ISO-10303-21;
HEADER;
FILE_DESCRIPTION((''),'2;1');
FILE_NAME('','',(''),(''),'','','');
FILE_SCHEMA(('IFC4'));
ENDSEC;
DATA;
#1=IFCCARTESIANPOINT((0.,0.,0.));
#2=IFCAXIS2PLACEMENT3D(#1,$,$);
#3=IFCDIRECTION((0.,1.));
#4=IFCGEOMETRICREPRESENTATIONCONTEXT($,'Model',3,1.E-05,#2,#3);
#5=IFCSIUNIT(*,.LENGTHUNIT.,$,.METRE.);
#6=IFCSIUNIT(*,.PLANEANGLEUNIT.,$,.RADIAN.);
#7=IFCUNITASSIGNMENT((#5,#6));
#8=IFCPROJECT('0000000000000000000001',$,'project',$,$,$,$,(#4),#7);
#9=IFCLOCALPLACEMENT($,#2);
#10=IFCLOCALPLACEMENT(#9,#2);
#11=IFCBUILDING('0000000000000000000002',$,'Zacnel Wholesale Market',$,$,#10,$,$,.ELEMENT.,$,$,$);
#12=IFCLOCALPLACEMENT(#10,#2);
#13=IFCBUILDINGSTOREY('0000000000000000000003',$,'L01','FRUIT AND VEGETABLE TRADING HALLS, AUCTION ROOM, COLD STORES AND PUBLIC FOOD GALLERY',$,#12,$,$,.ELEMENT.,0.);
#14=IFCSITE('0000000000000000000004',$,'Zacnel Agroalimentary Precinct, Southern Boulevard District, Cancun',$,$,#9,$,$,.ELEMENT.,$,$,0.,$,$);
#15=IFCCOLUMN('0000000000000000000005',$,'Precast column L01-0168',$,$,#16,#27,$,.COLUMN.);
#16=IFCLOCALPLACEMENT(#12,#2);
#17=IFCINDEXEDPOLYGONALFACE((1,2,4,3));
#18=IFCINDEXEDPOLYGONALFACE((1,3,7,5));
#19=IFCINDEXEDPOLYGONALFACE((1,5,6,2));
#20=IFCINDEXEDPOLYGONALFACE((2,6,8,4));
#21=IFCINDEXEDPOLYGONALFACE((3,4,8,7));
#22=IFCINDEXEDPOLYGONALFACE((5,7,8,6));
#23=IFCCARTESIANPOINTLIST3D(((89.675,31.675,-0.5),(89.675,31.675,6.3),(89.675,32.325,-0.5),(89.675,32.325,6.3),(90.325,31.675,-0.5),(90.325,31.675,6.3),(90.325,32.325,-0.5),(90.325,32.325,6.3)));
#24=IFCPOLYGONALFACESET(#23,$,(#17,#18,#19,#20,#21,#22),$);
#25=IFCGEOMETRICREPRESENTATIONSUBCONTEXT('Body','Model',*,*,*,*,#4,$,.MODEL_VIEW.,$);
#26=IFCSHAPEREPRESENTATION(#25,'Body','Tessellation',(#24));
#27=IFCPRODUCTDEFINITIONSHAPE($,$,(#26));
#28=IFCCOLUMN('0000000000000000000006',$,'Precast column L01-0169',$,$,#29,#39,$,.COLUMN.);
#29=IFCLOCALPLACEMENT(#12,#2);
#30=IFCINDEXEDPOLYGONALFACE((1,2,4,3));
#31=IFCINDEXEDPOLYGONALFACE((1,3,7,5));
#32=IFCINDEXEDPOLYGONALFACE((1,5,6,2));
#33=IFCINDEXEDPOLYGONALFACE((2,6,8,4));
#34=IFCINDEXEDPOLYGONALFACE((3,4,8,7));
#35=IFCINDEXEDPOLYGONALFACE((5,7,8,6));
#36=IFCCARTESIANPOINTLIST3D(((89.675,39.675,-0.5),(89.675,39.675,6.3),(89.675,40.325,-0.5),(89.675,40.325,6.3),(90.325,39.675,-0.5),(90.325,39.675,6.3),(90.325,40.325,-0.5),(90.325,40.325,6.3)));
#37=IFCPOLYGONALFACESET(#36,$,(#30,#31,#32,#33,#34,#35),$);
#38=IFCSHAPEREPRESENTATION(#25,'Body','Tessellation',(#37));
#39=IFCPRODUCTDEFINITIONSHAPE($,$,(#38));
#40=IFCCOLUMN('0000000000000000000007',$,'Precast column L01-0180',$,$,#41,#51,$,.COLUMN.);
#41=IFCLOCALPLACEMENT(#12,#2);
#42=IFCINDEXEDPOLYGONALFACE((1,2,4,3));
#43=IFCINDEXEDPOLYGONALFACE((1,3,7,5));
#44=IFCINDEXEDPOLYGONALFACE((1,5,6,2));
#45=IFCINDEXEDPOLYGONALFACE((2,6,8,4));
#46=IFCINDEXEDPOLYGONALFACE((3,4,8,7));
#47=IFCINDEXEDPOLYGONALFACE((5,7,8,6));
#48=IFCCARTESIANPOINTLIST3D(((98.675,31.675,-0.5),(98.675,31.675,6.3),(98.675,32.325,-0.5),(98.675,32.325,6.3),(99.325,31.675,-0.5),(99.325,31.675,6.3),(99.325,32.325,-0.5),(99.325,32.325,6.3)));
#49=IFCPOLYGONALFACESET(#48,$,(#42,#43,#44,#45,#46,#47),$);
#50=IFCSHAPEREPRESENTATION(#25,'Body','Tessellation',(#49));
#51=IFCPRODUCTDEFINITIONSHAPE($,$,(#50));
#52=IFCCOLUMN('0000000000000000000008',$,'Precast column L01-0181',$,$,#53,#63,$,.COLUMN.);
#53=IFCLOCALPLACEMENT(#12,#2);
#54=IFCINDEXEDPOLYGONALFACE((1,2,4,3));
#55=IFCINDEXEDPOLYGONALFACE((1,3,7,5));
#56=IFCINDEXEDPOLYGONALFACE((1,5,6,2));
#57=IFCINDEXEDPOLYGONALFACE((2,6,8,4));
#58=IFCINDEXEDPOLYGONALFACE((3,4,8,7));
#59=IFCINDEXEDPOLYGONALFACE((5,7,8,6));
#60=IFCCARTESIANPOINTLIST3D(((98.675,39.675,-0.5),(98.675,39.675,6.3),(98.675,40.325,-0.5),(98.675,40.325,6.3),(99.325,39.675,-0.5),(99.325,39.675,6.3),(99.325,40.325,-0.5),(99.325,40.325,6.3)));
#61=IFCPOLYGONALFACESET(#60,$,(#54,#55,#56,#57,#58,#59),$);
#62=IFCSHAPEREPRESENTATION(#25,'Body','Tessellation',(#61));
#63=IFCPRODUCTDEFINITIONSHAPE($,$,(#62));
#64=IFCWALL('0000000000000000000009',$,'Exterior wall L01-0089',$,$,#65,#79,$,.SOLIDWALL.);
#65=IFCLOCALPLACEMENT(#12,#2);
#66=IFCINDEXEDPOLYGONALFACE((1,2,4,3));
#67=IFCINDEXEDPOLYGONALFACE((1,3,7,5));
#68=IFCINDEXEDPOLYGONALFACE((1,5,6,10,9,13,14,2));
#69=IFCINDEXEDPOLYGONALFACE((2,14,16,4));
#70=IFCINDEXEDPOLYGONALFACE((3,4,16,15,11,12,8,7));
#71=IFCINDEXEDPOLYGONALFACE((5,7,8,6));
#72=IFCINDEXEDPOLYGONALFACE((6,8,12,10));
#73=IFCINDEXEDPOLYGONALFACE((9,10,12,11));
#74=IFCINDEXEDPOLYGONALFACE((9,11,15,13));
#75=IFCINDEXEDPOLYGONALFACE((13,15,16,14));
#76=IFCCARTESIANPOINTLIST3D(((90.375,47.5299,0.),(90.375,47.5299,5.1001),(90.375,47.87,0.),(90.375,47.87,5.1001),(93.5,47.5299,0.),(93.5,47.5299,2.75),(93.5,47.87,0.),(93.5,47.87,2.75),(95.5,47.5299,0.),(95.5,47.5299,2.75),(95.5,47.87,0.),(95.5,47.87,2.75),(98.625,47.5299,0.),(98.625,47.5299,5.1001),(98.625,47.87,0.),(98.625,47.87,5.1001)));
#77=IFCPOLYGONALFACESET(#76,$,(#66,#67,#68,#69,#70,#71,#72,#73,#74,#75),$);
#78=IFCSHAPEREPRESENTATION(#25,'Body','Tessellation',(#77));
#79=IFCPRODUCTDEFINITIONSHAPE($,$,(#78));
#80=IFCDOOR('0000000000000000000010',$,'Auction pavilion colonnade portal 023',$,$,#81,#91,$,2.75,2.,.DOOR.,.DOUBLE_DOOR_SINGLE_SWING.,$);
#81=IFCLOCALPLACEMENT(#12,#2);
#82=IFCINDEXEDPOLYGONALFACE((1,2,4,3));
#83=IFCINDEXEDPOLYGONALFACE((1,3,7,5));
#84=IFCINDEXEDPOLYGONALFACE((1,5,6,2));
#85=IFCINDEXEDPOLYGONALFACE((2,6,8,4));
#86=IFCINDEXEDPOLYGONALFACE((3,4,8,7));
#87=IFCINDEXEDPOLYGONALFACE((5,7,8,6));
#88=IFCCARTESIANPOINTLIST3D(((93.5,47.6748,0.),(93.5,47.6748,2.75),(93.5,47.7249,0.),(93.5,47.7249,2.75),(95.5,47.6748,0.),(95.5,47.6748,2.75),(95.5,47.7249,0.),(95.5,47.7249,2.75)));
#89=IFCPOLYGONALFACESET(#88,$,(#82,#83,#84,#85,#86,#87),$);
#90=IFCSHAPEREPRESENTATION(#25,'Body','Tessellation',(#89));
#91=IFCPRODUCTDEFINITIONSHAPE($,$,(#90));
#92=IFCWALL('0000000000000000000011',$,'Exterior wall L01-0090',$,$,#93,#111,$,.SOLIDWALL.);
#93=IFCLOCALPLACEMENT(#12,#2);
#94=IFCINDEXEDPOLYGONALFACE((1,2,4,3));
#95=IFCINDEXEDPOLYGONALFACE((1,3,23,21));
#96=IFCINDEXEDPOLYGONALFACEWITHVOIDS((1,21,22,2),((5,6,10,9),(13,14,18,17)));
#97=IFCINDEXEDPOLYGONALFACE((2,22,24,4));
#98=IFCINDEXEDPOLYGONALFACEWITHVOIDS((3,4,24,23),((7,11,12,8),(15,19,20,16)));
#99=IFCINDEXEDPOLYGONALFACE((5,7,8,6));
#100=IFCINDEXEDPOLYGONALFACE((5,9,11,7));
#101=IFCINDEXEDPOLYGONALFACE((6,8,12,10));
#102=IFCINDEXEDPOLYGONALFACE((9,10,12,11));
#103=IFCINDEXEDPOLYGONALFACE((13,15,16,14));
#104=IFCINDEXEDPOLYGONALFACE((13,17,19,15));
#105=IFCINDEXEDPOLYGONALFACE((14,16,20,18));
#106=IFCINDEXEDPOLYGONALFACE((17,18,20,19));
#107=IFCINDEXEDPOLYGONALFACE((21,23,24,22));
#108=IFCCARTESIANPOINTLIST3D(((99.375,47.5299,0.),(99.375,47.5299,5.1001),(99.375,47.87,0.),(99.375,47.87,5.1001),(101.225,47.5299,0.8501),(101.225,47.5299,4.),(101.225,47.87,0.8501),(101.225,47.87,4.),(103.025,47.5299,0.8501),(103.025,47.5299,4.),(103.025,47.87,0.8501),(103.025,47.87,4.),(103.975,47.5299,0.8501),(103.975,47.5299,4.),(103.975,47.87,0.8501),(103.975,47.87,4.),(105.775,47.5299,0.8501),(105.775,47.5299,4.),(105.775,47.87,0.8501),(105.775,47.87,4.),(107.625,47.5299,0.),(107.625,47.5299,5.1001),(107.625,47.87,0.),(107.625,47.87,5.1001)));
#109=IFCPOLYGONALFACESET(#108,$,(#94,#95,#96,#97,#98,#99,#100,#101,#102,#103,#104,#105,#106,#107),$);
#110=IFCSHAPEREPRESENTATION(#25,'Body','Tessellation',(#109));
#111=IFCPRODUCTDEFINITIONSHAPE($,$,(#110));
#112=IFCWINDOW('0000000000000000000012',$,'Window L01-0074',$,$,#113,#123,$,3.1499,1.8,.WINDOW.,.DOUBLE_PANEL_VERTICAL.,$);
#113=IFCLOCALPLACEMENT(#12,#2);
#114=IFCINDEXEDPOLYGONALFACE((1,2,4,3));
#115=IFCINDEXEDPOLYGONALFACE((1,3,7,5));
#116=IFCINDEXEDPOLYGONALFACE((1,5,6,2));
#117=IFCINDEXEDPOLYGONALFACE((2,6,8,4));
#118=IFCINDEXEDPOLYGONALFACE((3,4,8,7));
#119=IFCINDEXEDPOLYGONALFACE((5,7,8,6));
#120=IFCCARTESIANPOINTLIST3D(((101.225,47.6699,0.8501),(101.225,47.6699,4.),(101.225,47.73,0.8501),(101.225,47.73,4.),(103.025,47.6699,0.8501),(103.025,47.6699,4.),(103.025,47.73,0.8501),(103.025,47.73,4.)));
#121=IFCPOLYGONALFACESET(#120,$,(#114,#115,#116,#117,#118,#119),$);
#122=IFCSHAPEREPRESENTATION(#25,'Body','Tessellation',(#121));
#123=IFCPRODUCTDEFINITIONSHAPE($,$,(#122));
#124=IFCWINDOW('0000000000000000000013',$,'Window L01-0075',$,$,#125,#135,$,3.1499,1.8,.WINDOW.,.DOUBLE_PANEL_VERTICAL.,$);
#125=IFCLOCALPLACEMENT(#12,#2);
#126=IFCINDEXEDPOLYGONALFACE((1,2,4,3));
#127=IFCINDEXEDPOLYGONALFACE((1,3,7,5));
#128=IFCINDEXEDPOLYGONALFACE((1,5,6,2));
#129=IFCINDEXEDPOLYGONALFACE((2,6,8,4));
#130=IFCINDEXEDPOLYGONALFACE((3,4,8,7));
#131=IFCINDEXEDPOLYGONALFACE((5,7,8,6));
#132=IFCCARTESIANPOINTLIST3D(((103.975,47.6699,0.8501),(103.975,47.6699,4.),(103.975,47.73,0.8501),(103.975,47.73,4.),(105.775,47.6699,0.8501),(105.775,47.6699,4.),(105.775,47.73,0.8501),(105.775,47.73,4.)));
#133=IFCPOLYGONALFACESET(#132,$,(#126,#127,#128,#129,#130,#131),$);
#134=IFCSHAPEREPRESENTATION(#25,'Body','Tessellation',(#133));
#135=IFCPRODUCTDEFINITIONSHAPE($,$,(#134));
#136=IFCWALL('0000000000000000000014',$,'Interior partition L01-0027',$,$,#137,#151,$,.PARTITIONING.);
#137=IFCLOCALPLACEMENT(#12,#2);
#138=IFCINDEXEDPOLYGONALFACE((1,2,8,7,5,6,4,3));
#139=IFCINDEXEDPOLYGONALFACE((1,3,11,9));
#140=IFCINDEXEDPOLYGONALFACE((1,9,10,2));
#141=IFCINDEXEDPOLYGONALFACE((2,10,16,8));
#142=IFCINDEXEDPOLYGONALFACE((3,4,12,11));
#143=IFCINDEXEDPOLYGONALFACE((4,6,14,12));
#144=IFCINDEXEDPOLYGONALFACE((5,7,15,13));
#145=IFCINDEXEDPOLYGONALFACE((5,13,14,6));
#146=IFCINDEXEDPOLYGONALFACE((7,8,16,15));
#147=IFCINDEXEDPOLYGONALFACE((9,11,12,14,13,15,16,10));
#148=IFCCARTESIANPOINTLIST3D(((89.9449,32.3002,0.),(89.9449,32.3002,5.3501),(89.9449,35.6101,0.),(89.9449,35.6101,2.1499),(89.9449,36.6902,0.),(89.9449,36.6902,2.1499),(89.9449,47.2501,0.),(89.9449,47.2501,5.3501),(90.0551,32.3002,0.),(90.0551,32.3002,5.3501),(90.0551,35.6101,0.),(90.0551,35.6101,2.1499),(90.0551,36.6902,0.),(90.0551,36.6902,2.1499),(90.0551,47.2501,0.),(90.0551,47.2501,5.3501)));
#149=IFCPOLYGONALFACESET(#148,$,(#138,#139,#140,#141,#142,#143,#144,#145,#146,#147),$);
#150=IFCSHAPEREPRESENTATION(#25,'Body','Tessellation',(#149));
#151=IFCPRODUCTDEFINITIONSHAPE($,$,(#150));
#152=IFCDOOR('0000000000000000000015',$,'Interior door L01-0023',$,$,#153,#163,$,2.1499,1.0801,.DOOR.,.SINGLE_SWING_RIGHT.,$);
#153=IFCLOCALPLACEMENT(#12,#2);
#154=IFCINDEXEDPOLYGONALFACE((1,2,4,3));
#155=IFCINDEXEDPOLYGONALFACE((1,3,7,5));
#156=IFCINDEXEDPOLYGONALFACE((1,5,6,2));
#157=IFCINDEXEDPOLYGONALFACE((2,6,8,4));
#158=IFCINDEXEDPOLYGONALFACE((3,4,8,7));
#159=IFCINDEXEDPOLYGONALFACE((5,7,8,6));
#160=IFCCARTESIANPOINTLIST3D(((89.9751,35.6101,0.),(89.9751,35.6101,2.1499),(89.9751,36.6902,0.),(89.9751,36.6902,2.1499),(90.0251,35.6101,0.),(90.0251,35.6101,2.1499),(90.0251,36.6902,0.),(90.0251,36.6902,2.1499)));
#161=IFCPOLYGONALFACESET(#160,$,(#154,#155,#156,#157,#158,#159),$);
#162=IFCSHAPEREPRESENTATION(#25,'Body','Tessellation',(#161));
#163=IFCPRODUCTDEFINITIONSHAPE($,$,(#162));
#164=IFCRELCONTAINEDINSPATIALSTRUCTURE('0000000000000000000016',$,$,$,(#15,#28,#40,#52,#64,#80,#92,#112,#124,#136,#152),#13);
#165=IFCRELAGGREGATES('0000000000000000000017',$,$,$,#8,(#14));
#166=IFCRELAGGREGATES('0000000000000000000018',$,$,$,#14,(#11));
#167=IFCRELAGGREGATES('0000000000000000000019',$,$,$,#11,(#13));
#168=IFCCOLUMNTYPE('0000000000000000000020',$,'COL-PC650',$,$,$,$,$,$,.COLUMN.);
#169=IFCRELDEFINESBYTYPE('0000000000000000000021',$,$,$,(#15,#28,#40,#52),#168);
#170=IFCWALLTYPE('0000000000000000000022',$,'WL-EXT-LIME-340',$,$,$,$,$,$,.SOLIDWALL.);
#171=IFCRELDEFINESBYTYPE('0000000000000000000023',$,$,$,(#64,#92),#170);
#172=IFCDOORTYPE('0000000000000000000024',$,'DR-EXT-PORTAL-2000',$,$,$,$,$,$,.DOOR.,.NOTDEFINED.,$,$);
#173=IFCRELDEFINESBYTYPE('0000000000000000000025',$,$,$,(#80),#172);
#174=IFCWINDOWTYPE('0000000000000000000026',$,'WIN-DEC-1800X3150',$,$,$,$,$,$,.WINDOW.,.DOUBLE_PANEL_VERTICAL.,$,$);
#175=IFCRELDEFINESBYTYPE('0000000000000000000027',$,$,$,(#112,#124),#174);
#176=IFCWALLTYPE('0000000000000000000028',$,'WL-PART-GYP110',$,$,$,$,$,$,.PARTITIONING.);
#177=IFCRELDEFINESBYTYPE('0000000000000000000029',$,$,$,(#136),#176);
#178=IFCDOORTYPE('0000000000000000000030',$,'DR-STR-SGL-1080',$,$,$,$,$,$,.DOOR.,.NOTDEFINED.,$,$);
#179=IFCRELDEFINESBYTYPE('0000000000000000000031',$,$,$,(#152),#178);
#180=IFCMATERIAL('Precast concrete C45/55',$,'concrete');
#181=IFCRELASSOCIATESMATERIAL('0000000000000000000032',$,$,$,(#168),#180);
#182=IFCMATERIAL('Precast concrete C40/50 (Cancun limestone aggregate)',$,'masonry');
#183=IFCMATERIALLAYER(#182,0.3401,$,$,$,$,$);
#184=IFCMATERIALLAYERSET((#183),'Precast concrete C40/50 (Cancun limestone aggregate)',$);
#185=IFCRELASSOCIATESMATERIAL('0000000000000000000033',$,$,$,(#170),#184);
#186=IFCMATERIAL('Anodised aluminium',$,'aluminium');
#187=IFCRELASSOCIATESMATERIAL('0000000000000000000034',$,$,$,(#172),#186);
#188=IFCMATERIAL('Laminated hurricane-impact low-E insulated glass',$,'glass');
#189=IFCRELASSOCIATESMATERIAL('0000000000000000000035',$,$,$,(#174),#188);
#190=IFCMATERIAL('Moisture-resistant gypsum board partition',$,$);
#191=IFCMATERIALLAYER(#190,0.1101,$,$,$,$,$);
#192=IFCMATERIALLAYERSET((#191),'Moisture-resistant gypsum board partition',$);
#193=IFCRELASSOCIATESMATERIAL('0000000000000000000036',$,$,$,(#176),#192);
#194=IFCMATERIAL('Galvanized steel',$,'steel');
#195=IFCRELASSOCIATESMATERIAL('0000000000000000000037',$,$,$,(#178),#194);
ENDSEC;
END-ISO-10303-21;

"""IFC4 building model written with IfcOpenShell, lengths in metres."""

from ifc_helpers import new_model, si_unit, direction, frame, frame_2d, origin, origin_2d, place, context, subcontext, project, spatial, rectangle, extrude, material, layer, layer_set, material_profile, profile_set, type_object, element, fill, save


model = new_model("IFC4")

# Units and contexts
model_context = context("Model", 3, precision=1e-05, world=origin(), true_north=direction((0.0, 1.0)))
body_context = subcontext(model_context, "Body", "Model", "MODEL_VIEW")
ifc_project = project(units=[si_unit("LENGTHUNIT", "METRE"), si_unit("PLANEANGLEUNIT", "RADIAN")], contexts=[model_context])

# Site, building, storey
site_placement = place(None, origin())
site = spatial("IfcSite", under=ifc_project, at=site_placement, Name="Zacnel Agroalimentary Precinct, Southern Boulevard District, Cancun", CompositionType="ELEMENT", RefElevation=0.0)
building_placement = place(site_placement, origin())
building = spatial("IfcBuilding", under=site, at=building_placement, Name="Zacnel Wholesale Market", CompositionType="ELEMENT")
storey_placement = place(building_placement, origin())
storey = spatial("IfcBuildingStorey", under=building, at=storey_placement, Name="L01", Description="FRUIT AND VEGETABLE TRADING HALLS, AUCTION ROOM, COLD STORES AND PUBLIC FOOD GALLERY", CompositionType="ELEMENT", Elevation=0.0)

# Columns
ifc_material_1 = material(Name="Precast concrete C45/55", Category="concrete")
ifc_material_profile_1 = material_profile(ifc_material_1, rectangle(XDim=0.6499, YDim=0.6499, at=origin_2d()), Name="PC 650x650")
ifc_profile_set_1 = profile_set([ifc_material_profile_1], Name="Precast concrete C45/55")
column_type_1 = type_object("IfcColumnType", Name="COL-PC650", PredefinedType="COLUMN", material=ifc_profile_set_1)
for number, where, z_axis, x_axis, name in (
    (1, (90.0, 32.0, -0.5), (0.0, 0.0, 1.0), (1.0, 0.0, 0.0), "Precast column L01-0168"),
    (2, (90.0, 40.0, -0.5), (0.0, 0.0, 1.0), (1.0, 0.0, 0.0), "Precast column L01-0169"),
    (3, (99.0, 32.0, -0.5), (0.0, 0.0, 1.0), (1.0, 0.0, 0.0), "Precast column L01-0180"),
    (4, (99.0, 40.0, -0.5), (0.0, 0.0, 1.0), (1.0, 0.0, 0.0), "Precast column L01-0181"),
):
    element("IfcColumn", number, at=place(storey_placement, frame(where, z_axis=z_axis, x_axis=x_axis)), inside=storey, type_object=column_type_1, Name=name, PredefinedType="COLUMN", context=body_context, shape_type="SweptSolid", body=[
        extrude(rectangle(XDim=0.6499, YDim=0.6499, at=origin_2d()), origin(), (0.0, 0.0, 1.0), 6.8),
    ])

# Wall, opening, door
ifc_material_2 = material(Name="Precast concrete C40/50 (Cancun limestone aggregate)", Category="masonry")
ifc_layer_1 = layer(ifc_material_2, 0.3401)
ifc_layer_set_1 = layer_set([ifc_layer_1], Name="Precast concrete C40/50 (Cancun limestone aggregate)")
wall_type_1 = type_object("IfcWallType", Name="WL-EXT-LIME-340", PredefinedType="SOLIDWALL", material=ifc_layer_set_1)
wall_1_placement = place(storey_placement, frame((90.375, 47.7, 0.0), z_axis=(0.0, 0.0, 1.0), x_axis=(1.0, 0.0, 0.0)))
wall_1 = element("IfcWall", 5, at=wall_1_placement, inside=storey, type_object=wall_type_1, Name="Exterior wall L01-0089", PredefinedType="SOLIDWALL", context=body_context, shape_type="SweptSolid", body=[
    extrude(rectangle(XDim=8.25, YDim=0.3401, at=frame_2d((4.125, 0.0))), origin(), (0.0, 0.0, 1.0), 5.1001),
])
opening_1_placement = place(wall_1_placement, frame((3.125, 0.0, 0.0)))
opening_1 = element("IfcOpeningElement", 6, at=opening_1_placement, cuts=wall_1, PredefinedType="OPENING", context=body_context, shape_type="SweptSolid", body=[
    extrude(rectangle(XDim=2.0, YDim=2.75, at=frame_2d((1.0, 1.375))), frame((0.0, 0.1799, 0.0), z_axis=(0.0, -1.0, 0.0), x_axis=(1.0, 0.0, 0.0)), (0.0, 0.0, 1.0), 0.3601),
])
ifc_material_3 = material(Name="Anodised aluminium", Category="aluminium")
door_type_1 = type_object("IfcDoorType", Name="DR-EXT-PORTAL-2000", OperationType="NOTDEFINED", PredefinedType="DOOR", material=ifc_material_3)
door_1_placement = place(opening_1_placement, origin())
door_1 = element("IfcDoor", 7, at=door_1_placement, inside=storey, type_object=door_type_1, Name="Auction pavilion colonnade portal 023", OperationType="DOUBLE_DOOR_SINGLE_SWING", OverallHeight=2.75, OverallWidth=2.0, PredefinedType="DOOR", context=body_context, shape_type="SweptSolid", body=[
    extrude(rectangle(XDim=2.0, YDim=2.75, at=frame_2d((1.0, 1.375))), frame((0.0, 0.0249, 0.0), z_axis=(0.0, -1.0, 0.0), x_axis=(1.0, 0.0, 0.0)), (0.0, 0.0, 1.0), 0.05),
])
fill(opening_1, door_1)

# Wall, openings, windows
wall_2_placement = place(storey_placement, frame((99.375, 47.7, 0.0), z_axis=(0.0, 0.0, 1.0), x_axis=(1.0, 0.0, 0.0)))
wall_2 = element("IfcWall", 8, at=wall_2_placement, inside=storey, type_object=wall_type_1, Name="Exterior wall L01-0090", PredefinedType="SOLIDWALL", context=body_context, shape_type="SweptSolid", body=[
    extrude(rectangle(XDim=8.25, YDim=0.3401, at=frame_2d((4.125, 0.0))), origin(), (0.0, 0.0, 1.0), 5.1001),
])
opening_2_placement = place(wall_2_placement, frame((1.8501, 0.0, 0.8501)))
opening_2 = element("IfcOpeningElement", 9, at=opening_2_placement, cuts=wall_2, PredefinedType="OPENING", context=body_context, shape_type="SweptSolid", body=[
    extrude(rectangle(XDim=1.8, YDim=3.1499, at=frame_2d((0.8999, 1.575))), frame((0.0, 0.1799, 0.0), z_axis=(0.0, -1.0, 0.0), x_axis=(1.0, 0.0, 0.0)), (0.0, 0.0, 1.0), 0.3601),
])
opening_3_placement = place(wall_2_placement, frame((4.6001, 0.0, 0.8501)))
opening_3 = element("IfcOpeningElement", 10, at=opening_3_placement, cuts=wall_2, PredefinedType="OPENING", context=body_context, shape_type="SweptSolid", body=[
    extrude(rectangle(XDim=1.8, YDim=3.1499, at=frame_2d((0.8999, 1.575))), frame((0.0, 0.1799, 0.0), z_axis=(0.0, -1.0, 0.0), x_axis=(1.0, 0.0, 0.0)), (0.0, 0.0, 1.0), 0.3601),
])
ifc_material_4 = material(Name="Laminated hurricane-impact low-E insulated glass", Category="glass")
window_type = type_object("IfcWindowType", Name="WIN-DEC-1800X3150", PartitioningType="DOUBLE_PANEL_VERTICAL", PredefinedType="WINDOW", material=ifc_material_4)
window_1_placement = place(opening_2_placement, origin())
window_1 = element("IfcWindow", 11, at=window_1_placement, inside=storey, type_object=window_type, Name="Window L01-0074", OverallHeight=3.1499, OverallWidth=1.8, PartitioningType="DOUBLE_PANEL_VERTICAL", PredefinedType="WINDOW", context=body_context, shape_type="SweptSolid", body=[
    extrude(rectangle(XDim=1.8, YDim=3.1499, at=frame_2d((0.8999, 1.575))), frame((0.0, 0.03, 0.0), z_axis=(0.0, -1.0, 0.0), x_axis=(1.0, 0.0, 0.0)), (0.0, 0.0, 1.0), 0.0601),
])
fill(opening_2, window_1)
window_2_placement = place(opening_3_placement, origin())
window_2 = element("IfcWindow", 12, at=window_2_placement, inside=storey, type_object=window_type, Name="Window L01-0075", OverallHeight=3.1499, OverallWidth=1.8, PartitioningType="DOUBLE_PANEL_VERTICAL", PredefinedType="WINDOW", context=body_context, shape_type="SweptSolid", body=[
    extrude(rectangle(XDim=1.8, YDim=3.1499, at=frame_2d((0.8999, 1.575))), frame((0.0, 0.03, 0.0), z_axis=(0.0, -1.0, 0.0), x_axis=(1.0, 0.0, 0.0)), (0.0, 0.0, 1.0), 0.0601),
])
fill(opening_3, window_2)

# Wall, opening, door
ifc_material_5 = material(Name="Moisture-resistant gypsum board partition")
ifc_layer_2 = layer(ifc_material_5, 0.1101)
ifc_layer_set_2 = layer_set([ifc_layer_2], Name="Moisture-resistant gypsum board partition")
wall_type_2 = type_object("IfcWallType", Name="WL-PART-GYP110", PredefinedType="PARTITIONING", material=ifc_layer_set_2)
wall_3_placement = place(storey_placement, frame((90.0, 32.3, 0.0), z_axis=(0.0, 0.0, 1.0), x_axis=(0.0, 1.0, 0.0)))
wall_3 = element("IfcWall", 13, at=wall_3_placement, inside=storey, type_object=wall_type_2, Name="Interior partition L01-0027", PredefinedType="PARTITIONING", context=body_context, shape_type="SweptSolid", body=[
    extrude(rectangle(XDim=14.95, YDim=0.1101, at=frame_2d((7.4751, 0.0))), origin(), (0.0, 0.0, 1.0), 5.3501),
])
opening_4_placement = place(wall_3_placement, frame((3.3101, 0.0, 0.0)))
opening_4 = element("IfcOpeningElement", 14, at=opening_4_placement, cuts=wall_3, PredefinedType="OPENING", context=body_context, shape_type="SweptSolid", body=[
    extrude(rectangle(XDim=1.0801, YDim=2.1499, at=frame_2d((0.54, 1.075))), frame((0.0, 0.0649, 0.0), z_axis=(0.0, -1.0, 0.0), x_axis=(1.0, 0.0, 0.0)), (0.0, 0.0, 1.0), 0.1301),
])
ifc_material_6 = material(Name="Galvanized steel", Category="steel")
door_type_2 = type_object("IfcDoorType", Name="DR-STR-SGL-1080", OperationType="NOTDEFINED", PredefinedType="DOOR", material=ifc_material_6)
door_2_placement = place(opening_4_placement, origin())
door_2 = element("IfcDoor", 15, at=door_2_placement, inside=storey, type_object=door_type_2, Name="Interior door L01-0023", OperationType="SINGLE_SWING_RIGHT", OverallHeight=2.1499, OverallWidth=1.0801, PredefinedType="DOOR", context=body_context, shape_type="SweptSolid", body=[
    extrude(rectangle(XDim=1.0801, YDim=2.1499, at=frame_2d((0.54, 1.075))), frame((0.0, 0.0249, 0.0), z_axis=(0.0, -1.0, 0.0), x_axis=(1.0, 0.0, 0.0)), (0.0, 0.0, 1.0), 0.05),
])
fill(opening_4, door_2)

save(model, "model.ifc")
